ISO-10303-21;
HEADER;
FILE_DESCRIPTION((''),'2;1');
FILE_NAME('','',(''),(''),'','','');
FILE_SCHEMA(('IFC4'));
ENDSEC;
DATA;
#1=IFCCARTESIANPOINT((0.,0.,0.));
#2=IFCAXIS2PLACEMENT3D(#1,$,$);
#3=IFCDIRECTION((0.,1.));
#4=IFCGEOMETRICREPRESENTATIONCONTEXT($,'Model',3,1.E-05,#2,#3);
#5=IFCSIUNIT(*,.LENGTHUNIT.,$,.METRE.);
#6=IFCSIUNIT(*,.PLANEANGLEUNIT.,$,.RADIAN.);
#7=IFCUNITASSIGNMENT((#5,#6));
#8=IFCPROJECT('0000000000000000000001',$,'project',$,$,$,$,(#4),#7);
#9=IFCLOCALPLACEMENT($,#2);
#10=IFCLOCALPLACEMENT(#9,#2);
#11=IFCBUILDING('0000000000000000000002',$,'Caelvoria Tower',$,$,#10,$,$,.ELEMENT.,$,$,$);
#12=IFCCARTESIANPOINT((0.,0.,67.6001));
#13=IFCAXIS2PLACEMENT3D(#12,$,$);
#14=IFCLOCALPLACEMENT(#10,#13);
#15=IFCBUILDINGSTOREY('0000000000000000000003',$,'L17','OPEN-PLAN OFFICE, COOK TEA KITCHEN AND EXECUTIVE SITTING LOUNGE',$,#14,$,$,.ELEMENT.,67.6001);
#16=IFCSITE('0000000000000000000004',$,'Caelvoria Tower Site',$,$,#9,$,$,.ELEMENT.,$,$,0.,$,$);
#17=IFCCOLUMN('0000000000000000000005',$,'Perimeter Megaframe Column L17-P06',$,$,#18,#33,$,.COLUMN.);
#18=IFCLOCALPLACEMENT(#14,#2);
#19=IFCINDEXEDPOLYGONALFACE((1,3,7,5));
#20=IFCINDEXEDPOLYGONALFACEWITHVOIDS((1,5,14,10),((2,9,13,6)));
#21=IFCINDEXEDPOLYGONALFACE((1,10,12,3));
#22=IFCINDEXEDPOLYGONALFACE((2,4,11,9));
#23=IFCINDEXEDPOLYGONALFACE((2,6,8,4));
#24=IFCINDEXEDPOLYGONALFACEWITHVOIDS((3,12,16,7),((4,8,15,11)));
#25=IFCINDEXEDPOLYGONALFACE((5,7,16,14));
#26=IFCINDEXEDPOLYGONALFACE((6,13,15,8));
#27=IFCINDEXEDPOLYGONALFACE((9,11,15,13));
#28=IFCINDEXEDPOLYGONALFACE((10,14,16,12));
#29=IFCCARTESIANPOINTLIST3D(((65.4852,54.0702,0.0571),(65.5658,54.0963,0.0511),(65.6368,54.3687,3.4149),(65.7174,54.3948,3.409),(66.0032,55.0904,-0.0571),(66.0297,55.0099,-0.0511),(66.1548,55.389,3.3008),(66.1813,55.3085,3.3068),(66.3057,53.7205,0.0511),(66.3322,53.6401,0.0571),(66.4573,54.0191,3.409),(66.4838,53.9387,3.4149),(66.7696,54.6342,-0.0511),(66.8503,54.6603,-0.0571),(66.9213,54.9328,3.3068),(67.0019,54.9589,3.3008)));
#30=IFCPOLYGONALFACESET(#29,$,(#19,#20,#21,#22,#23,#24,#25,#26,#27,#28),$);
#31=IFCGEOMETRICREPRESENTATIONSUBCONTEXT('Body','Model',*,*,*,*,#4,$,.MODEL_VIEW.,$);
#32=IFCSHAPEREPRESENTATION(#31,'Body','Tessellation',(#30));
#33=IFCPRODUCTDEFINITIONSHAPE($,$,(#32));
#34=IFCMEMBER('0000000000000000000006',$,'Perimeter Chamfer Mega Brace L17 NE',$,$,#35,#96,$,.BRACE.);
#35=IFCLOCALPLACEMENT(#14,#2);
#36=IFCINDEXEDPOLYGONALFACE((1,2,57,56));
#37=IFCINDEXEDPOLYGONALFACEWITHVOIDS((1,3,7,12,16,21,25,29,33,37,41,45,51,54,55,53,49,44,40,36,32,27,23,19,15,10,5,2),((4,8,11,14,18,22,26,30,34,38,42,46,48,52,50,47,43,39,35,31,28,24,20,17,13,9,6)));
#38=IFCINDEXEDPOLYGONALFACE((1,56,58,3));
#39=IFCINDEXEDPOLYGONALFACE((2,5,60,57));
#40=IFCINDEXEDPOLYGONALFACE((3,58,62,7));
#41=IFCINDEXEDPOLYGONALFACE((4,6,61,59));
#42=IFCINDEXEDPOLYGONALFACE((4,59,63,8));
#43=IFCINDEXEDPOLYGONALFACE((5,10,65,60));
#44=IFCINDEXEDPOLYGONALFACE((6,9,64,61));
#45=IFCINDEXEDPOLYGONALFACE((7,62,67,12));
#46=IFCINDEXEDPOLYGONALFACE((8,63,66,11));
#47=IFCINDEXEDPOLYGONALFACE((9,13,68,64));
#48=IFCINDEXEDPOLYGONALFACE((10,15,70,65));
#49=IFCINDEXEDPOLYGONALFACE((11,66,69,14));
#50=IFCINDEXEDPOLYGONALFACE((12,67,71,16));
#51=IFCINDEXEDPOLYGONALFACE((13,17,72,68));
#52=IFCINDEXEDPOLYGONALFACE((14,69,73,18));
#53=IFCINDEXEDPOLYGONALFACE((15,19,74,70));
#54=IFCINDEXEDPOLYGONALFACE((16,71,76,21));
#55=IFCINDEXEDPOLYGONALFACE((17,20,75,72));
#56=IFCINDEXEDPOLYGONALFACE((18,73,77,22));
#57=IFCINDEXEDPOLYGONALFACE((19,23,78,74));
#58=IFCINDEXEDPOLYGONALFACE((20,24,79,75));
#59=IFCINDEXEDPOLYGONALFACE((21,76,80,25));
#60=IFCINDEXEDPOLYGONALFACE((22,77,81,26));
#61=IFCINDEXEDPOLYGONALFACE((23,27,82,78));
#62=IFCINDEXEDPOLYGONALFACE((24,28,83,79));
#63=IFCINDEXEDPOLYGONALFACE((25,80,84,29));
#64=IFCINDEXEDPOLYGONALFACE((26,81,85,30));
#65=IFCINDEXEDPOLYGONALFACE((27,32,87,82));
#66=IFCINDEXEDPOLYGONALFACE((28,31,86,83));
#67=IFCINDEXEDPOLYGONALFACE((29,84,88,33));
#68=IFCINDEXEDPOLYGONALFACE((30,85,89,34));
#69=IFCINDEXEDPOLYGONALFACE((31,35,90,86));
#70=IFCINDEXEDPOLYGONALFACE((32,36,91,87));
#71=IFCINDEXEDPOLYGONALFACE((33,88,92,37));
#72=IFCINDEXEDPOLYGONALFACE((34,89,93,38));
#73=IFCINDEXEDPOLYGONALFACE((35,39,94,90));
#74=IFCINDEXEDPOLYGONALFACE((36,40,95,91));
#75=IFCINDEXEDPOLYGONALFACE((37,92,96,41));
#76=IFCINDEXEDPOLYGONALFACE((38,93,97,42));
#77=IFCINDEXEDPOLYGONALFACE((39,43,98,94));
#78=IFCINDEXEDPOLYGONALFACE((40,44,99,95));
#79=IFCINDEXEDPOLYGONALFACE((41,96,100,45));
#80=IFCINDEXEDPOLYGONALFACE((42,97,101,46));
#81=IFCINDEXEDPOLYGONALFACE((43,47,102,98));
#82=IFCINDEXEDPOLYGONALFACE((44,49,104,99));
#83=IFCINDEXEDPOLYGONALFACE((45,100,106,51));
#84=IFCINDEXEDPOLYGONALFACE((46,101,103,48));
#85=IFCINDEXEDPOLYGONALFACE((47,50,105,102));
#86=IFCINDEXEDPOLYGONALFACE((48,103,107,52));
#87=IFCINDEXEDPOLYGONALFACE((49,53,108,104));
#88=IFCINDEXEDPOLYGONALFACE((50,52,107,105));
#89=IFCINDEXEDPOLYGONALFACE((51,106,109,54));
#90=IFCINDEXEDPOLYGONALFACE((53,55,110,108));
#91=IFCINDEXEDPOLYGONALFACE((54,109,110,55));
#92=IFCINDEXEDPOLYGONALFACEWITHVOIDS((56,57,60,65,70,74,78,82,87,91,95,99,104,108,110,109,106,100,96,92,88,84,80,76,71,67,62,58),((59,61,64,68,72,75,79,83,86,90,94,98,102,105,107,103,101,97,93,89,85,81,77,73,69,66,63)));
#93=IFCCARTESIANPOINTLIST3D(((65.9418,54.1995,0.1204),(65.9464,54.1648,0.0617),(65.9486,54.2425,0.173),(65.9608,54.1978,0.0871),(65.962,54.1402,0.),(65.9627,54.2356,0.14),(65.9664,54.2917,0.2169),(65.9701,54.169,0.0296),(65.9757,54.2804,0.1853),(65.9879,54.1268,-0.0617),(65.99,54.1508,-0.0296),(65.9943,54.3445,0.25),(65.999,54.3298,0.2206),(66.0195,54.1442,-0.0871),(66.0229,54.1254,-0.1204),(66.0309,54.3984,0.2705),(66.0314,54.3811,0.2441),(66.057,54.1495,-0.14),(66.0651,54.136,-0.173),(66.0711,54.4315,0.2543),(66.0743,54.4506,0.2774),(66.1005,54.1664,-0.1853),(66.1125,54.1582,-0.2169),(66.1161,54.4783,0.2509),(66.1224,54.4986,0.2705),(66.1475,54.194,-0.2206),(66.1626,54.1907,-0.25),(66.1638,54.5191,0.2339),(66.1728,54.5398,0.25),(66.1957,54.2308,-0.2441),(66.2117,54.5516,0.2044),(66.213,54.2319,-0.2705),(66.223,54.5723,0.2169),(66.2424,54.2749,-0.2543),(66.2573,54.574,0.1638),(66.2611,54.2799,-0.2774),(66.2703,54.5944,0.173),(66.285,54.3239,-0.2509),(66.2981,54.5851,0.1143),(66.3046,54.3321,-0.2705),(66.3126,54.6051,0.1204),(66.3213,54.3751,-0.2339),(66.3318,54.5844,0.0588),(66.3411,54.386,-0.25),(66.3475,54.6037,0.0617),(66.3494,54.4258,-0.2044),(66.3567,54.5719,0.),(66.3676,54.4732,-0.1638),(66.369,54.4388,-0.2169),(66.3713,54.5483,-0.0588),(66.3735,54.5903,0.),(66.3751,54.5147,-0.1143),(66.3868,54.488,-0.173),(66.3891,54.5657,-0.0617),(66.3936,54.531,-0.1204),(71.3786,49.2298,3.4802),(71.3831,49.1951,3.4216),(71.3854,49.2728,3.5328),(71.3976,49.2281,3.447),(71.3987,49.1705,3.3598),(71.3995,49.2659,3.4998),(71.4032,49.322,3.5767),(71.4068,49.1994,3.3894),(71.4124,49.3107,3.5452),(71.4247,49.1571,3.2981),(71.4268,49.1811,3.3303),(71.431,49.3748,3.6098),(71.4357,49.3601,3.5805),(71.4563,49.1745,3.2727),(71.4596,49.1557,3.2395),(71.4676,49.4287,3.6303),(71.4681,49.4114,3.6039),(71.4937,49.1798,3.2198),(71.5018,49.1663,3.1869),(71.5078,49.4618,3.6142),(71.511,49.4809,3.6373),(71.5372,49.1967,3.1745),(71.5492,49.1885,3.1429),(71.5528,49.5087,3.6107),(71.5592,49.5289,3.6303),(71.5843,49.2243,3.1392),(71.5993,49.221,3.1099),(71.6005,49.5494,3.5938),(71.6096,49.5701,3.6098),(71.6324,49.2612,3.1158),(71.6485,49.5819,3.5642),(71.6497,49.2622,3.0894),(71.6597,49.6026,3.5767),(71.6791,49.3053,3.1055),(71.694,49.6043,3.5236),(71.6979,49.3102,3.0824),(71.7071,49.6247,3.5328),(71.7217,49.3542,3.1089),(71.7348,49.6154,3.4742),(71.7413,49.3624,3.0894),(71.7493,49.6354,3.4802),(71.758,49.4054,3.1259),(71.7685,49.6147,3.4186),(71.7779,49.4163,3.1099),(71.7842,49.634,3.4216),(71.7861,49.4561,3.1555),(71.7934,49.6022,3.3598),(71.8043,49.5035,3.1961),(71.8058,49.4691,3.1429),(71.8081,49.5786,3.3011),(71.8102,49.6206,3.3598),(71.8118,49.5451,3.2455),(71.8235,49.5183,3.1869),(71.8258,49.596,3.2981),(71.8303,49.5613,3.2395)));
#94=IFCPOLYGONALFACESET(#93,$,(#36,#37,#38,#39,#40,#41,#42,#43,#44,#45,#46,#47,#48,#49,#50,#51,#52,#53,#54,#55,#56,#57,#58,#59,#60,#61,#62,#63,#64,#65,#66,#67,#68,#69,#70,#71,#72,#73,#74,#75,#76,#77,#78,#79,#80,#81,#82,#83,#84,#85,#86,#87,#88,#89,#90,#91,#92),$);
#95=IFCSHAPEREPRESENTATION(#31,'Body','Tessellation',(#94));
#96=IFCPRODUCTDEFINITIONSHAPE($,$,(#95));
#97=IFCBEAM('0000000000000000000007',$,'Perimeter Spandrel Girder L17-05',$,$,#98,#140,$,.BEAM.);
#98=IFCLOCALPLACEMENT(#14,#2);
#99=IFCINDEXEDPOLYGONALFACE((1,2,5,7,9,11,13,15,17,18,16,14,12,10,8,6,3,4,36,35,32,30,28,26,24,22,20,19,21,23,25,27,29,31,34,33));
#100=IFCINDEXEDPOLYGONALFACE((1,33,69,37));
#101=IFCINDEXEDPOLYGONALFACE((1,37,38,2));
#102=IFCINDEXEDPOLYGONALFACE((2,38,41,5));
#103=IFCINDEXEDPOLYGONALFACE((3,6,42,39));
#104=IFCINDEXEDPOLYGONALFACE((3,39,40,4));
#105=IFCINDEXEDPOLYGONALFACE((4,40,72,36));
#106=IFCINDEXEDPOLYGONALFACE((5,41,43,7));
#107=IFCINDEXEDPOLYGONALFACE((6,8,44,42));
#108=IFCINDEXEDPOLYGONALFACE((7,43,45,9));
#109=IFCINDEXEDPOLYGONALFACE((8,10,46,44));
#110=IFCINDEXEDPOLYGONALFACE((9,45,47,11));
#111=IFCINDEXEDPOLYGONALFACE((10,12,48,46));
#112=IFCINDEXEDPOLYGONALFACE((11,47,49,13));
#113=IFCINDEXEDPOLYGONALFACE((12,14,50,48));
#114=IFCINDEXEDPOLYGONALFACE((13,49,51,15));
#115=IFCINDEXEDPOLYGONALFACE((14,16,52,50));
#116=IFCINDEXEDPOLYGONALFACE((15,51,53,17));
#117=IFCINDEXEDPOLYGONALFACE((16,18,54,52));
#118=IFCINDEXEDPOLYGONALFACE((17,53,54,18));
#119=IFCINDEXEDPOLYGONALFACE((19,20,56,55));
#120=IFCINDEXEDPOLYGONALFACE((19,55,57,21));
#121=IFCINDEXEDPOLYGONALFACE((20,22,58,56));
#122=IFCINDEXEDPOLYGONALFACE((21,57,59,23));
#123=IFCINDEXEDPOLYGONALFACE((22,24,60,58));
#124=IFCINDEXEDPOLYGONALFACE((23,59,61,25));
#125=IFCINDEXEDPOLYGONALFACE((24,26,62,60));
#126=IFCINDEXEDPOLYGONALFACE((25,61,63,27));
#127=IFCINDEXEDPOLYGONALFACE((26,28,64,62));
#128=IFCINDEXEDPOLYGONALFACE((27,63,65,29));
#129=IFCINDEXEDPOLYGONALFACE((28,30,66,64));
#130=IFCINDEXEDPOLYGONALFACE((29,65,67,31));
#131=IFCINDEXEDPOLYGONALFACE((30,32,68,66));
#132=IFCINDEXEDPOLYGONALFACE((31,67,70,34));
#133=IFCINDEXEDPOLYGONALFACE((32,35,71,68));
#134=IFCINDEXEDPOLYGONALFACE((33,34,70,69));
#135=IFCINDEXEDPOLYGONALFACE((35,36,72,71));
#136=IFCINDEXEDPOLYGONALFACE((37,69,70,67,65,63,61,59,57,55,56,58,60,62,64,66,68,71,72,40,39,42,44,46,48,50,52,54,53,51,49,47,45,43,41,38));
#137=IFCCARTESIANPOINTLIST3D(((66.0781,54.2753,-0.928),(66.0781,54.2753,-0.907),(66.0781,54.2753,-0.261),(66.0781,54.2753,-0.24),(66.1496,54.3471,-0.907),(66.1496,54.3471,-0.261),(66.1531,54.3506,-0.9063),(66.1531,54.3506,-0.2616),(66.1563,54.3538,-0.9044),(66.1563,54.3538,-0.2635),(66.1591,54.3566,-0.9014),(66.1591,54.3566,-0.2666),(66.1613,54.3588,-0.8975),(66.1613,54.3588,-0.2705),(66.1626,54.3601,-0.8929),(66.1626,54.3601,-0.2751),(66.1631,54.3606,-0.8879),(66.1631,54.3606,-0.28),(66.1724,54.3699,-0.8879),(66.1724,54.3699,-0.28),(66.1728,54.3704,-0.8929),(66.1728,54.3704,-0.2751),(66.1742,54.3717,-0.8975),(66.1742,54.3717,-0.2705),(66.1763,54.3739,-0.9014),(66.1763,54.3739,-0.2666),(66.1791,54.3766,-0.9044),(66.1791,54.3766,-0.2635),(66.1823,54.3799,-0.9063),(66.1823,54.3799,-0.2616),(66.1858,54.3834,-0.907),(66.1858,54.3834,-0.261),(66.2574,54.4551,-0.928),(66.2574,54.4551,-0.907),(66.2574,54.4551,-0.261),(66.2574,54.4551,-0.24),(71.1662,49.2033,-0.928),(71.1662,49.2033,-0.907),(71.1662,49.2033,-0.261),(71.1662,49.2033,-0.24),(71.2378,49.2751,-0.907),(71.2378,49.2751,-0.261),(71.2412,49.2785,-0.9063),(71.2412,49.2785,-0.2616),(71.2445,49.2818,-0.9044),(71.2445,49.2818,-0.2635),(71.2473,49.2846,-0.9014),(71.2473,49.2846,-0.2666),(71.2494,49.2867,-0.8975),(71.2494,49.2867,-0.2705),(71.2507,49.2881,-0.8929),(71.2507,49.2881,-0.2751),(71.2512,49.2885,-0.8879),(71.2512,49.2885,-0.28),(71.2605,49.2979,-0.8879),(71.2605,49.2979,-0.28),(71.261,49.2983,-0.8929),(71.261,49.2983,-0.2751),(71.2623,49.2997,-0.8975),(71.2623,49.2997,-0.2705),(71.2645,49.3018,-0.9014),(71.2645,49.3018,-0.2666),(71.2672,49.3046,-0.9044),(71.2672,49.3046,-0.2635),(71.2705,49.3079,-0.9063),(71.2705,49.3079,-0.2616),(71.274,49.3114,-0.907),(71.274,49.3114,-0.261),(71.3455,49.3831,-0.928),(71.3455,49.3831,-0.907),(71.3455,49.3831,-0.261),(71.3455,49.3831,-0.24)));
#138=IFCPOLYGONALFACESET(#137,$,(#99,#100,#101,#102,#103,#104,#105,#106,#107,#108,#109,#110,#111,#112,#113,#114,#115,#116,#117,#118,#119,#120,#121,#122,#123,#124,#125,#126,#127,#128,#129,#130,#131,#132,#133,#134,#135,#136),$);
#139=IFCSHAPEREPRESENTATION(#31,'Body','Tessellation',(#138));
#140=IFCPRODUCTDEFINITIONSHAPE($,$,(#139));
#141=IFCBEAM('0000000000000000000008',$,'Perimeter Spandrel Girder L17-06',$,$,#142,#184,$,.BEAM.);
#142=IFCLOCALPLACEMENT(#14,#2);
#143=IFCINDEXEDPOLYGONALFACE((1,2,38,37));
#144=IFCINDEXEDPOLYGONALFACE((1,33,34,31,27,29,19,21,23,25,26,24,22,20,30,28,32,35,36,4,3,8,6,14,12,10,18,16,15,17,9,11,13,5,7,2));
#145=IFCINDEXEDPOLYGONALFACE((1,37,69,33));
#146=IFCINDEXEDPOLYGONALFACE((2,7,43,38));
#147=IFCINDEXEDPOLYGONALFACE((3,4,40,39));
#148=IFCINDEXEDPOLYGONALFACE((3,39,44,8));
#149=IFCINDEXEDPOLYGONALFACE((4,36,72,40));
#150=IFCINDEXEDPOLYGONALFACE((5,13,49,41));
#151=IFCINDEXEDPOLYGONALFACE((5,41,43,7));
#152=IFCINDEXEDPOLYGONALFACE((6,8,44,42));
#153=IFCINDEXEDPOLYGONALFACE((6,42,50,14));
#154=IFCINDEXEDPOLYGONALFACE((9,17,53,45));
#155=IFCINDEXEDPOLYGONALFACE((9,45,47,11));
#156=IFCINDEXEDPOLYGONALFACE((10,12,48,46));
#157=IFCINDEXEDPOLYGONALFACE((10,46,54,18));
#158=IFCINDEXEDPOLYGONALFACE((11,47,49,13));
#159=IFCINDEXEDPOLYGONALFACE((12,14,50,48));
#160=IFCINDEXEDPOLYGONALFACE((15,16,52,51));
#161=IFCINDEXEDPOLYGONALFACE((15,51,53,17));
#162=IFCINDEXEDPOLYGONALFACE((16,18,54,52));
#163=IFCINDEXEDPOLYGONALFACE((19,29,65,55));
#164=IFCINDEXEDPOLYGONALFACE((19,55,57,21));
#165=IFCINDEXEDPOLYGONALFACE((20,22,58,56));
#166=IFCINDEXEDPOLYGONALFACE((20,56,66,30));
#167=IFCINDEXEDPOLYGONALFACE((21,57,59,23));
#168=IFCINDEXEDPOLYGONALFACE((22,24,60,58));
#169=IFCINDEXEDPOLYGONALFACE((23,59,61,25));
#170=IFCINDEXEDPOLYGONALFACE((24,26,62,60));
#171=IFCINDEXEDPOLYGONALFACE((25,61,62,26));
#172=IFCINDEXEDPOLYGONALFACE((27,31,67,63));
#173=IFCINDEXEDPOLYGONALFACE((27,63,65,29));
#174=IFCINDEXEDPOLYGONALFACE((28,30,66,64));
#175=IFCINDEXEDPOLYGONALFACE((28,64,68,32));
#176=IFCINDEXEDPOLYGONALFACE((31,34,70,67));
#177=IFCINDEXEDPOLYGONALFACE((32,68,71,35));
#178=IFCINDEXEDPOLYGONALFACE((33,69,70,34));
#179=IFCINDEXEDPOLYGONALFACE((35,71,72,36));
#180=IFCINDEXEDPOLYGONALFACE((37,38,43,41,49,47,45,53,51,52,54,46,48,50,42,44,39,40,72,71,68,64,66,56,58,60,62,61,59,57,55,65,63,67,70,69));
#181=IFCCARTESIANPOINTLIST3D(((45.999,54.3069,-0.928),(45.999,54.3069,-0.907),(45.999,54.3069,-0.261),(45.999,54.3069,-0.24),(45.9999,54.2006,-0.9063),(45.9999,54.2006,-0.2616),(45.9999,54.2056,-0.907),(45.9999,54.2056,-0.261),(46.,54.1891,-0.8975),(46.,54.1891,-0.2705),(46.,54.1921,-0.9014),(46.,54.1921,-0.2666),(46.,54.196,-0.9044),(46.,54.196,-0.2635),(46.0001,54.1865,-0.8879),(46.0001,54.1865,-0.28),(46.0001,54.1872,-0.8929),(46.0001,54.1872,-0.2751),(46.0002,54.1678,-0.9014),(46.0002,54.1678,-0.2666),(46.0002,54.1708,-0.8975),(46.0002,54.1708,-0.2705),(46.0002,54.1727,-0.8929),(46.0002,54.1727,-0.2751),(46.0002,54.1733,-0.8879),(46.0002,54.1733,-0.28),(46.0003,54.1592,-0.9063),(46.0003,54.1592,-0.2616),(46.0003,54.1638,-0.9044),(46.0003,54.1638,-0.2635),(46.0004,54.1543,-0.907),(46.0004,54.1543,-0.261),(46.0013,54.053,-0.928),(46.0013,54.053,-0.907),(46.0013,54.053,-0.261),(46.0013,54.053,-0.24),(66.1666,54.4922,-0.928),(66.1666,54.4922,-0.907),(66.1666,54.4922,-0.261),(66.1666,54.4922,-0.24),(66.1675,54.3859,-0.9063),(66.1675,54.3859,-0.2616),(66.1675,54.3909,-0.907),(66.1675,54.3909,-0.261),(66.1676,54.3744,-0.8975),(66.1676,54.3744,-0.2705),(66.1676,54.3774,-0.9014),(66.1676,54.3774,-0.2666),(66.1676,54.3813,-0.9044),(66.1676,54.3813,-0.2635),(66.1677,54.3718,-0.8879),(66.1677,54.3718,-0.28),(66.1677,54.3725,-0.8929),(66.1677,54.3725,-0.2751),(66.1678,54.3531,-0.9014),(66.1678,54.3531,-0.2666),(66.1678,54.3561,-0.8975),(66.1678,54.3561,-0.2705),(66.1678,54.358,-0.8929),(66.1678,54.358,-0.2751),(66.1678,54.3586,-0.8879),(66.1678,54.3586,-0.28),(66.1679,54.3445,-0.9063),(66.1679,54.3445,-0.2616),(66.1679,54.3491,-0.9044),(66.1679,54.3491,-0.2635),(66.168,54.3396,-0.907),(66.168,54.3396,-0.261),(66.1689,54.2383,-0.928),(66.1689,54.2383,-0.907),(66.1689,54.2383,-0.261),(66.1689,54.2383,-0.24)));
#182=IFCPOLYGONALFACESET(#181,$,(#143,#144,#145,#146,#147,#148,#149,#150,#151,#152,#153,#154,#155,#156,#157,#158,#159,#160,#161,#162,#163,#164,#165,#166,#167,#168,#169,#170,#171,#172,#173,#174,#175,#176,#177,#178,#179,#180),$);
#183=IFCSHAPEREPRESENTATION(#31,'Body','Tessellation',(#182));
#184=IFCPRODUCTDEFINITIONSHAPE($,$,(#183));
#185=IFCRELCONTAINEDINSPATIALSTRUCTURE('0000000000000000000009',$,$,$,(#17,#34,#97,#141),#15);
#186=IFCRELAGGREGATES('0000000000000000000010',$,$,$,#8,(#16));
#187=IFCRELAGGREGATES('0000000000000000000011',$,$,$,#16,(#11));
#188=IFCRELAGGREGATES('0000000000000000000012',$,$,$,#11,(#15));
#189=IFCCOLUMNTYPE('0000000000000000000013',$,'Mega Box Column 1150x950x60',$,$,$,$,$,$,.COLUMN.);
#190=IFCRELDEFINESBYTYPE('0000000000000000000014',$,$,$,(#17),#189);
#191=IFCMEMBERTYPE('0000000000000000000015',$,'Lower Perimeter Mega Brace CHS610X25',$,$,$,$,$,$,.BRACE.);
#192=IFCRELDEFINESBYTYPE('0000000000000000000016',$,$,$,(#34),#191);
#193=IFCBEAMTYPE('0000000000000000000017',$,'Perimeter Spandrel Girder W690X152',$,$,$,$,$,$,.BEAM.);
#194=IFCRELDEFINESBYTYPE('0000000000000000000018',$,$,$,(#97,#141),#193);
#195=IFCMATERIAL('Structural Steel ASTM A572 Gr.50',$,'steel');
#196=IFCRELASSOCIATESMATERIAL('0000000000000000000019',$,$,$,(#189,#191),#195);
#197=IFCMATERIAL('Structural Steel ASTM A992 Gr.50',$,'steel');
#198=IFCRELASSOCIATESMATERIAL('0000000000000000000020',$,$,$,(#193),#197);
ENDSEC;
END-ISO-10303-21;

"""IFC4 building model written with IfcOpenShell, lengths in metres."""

from ifc_helpers import new_model, si_unit, direction, frame, origin, origin_2d, place, context, subcontext, project, spatial, hollow_rectangle, hollow_circle, i_section, extrude, material, material_profile, profile_set, type_object, element, save


model = new_model("IFC4")

# Units and contexts
model_context = context("Model", 3, precision=1e-05, world=origin(), true_north=direction((0.0, 1.0)))
body_context = subcontext(model_context, "Body", "Model", "MODEL_VIEW")
ifc_project = project(units=[si_unit("LENGTHUNIT", "METRE"), si_unit("PLANEANGLEUNIT", "RADIAN")], contexts=[model_context])

# Site, building, storey
site_placement = place(None, origin())
site = spatial("IfcSite", under=ifc_project, at=site_placement, Name="Caelvoria Tower Site", CompositionType="ELEMENT", RefElevation=0.0)
building_placement = place(site_placement, origin())
building = spatial("IfcBuilding", under=site, at=building_placement, Name="Caelvoria Tower", CompositionType="ELEMENT")
storey_placement = place(building_placement, frame((0.0, 0.0, 67.6001)))
storey = spatial("IfcBuildingStorey", under=building, at=storey_placement, Name="L17", Description="OPEN-PLAN OFFICE, COOK TEA KITCHEN AND EXECUTIVE SITTING LOUNGE", CompositionType="ELEMENT", Elevation=67.6001)

# Column
ifc_material_1 = material(Name="Structural Steel ASTM A572 Gr.50", Category="steel")
ifc_material_profile_1 = material_profile(ifc_material_1, hollow_rectangle(XDim=0.95, YDim=1.1499, WallThickness=0.0601, at=origin_2d()), Name="Structural Steel ASTM A572 Gr.50")
ifc_profile_set_1 = profile_set([ifc_material_profile_1], Name="BOX1150X950X60 - Structural Steel ASTM A572 Gr.50")
column_type = type_object("IfcColumnType", Name="Mega Box Column 1150x950x60", PredefinedType="COLUMN", material=ifc_profile_set_1)
column_placement = place(storey_placement, frame((66.1677, 54.3652, 0.0), z_axis=(0.044928, 0.088481, 0.995064), x_axis=(-0.89164, 0.452746, 0.0)))
element("IfcColumn", 1, at=column_placement, inside=storey, type_object=column_type, Name="Perimeter Megaframe Column L17-P06", PredefinedType="COLUMN", context=body_context, shape_type="SweptSolid", body=[
    extrude(hollow_rectangle(XDim=0.95, YDim=1.1499, WallThickness=0.0601, at=origin_2d()), origin(), (0.0, 0.0, 1.0), 3.3745),
])

# Member
ifc_material_profile_2 = material_profile(ifc_material_1, hollow_circle(Radius=0.3049, WallThickness=0.0249, at=origin_2d()), Name="Structural Steel ASTM A572 Gr.50")
ifc_profile_set_2 = profile_set([ifc_material_profile_2], Name="CHS610X25 - Structural Steel ASTM A572 Gr.50")
member_type = type_object("IfcMemberType", Name="Lower Perimeter Mega Brace CHS610X25", PredefinedType="BRACE", material=ifc_profile_set_2)
member_placement = place(storey_placement, frame((66.1677, 54.3652, 0.0), z_axis=(0.671537, -0.613849, 0.415003), x_axis=(0.674693, 0.738099, 0.0)))
element("IfcMember", 2, at=member_placement, inside=storey, type_object=member_type, Name="Perimeter Chamfer Mega Brace L17 NE", PredefinedType="BRACE", context=body_context, shape_type="SweptSolid", body=[
    extrude(hollow_circle(Radius=0.3049, WallThickness=0.0249, at=origin_2d()), origin(), (0.0, 0.0, 1.0), 8.0959),
])

# Beams
ifc_material_2 = material(Name="Structural Steel ASTM A992 Gr.50", Category="steel")
ifc_material_profile_3 = material_profile(ifc_material_2, i_section(OverallWidth=0.2539, OverallDepth=0.688, WebThickness=0.0132, FlangeThickness=0.021, FilletRadius=0.019, at=origin_2d()), Name="Structural Steel ASTM A992 Gr.50")
ifc_profile_set_3 = profile_set([ifc_material_profile_3], Name="W690X152 - Structural Steel ASTM A992 Gr.50")
beam_type = type_object("IfcBeamType", Name="Perimeter Spandrel Girder W690X152", PredefinedType="BEAM", material=ifc_profile_set_3)
beam_1_placement = place(storey_placement, frame((71.2559, 49.2932, -0.584), z_axis=(-0.708227, 0.705984, 0.0), x_axis=(-0.705984, -0.708227, 0.0)))
element("IfcBeam", 3, at=beam_1_placement, inside=storey, type_object=beam_type, Name="Perimeter Spandrel Girder L17-05", PredefinedType="BEAM", context=body_context, shape_type="SweptSolid", body=[
    extrude(i_section(OverallWidth=0.2539, OverallDepth=0.688, WebThickness=0.0132, FlangeThickness=0.021, FilletRadius=0.019, at=origin_2d()), origin(), (0.0, 0.0, 1.0), 7.1843),
])
beam_2_placement = place(storey_placement, frame((66.1677, 54.3652, -0.584), z_axis=(-0.999958, -0.009188, 0.0), x_axis=(0.009188, -0.999958, 0.0)))
element("IfcBeam", 4, at=beam_2_placement, inside=storey, type_object=beam_type, Name="Perimeter Spandrel Girder L17-06", PredefinedType="BEAM", context=body_context, shape_type="SweptSolid", body=[
    extrude(i_section(OverallWidth=0.2539, OverallDepth=0.688, WebThickness=0.0132, FlangeThickness=0.021, FilletRadius=0.019, at=origin_2d()), origin(), (0.0, 0.0, 1.0), 20.1685),
])

save(model, "model.ifc")
